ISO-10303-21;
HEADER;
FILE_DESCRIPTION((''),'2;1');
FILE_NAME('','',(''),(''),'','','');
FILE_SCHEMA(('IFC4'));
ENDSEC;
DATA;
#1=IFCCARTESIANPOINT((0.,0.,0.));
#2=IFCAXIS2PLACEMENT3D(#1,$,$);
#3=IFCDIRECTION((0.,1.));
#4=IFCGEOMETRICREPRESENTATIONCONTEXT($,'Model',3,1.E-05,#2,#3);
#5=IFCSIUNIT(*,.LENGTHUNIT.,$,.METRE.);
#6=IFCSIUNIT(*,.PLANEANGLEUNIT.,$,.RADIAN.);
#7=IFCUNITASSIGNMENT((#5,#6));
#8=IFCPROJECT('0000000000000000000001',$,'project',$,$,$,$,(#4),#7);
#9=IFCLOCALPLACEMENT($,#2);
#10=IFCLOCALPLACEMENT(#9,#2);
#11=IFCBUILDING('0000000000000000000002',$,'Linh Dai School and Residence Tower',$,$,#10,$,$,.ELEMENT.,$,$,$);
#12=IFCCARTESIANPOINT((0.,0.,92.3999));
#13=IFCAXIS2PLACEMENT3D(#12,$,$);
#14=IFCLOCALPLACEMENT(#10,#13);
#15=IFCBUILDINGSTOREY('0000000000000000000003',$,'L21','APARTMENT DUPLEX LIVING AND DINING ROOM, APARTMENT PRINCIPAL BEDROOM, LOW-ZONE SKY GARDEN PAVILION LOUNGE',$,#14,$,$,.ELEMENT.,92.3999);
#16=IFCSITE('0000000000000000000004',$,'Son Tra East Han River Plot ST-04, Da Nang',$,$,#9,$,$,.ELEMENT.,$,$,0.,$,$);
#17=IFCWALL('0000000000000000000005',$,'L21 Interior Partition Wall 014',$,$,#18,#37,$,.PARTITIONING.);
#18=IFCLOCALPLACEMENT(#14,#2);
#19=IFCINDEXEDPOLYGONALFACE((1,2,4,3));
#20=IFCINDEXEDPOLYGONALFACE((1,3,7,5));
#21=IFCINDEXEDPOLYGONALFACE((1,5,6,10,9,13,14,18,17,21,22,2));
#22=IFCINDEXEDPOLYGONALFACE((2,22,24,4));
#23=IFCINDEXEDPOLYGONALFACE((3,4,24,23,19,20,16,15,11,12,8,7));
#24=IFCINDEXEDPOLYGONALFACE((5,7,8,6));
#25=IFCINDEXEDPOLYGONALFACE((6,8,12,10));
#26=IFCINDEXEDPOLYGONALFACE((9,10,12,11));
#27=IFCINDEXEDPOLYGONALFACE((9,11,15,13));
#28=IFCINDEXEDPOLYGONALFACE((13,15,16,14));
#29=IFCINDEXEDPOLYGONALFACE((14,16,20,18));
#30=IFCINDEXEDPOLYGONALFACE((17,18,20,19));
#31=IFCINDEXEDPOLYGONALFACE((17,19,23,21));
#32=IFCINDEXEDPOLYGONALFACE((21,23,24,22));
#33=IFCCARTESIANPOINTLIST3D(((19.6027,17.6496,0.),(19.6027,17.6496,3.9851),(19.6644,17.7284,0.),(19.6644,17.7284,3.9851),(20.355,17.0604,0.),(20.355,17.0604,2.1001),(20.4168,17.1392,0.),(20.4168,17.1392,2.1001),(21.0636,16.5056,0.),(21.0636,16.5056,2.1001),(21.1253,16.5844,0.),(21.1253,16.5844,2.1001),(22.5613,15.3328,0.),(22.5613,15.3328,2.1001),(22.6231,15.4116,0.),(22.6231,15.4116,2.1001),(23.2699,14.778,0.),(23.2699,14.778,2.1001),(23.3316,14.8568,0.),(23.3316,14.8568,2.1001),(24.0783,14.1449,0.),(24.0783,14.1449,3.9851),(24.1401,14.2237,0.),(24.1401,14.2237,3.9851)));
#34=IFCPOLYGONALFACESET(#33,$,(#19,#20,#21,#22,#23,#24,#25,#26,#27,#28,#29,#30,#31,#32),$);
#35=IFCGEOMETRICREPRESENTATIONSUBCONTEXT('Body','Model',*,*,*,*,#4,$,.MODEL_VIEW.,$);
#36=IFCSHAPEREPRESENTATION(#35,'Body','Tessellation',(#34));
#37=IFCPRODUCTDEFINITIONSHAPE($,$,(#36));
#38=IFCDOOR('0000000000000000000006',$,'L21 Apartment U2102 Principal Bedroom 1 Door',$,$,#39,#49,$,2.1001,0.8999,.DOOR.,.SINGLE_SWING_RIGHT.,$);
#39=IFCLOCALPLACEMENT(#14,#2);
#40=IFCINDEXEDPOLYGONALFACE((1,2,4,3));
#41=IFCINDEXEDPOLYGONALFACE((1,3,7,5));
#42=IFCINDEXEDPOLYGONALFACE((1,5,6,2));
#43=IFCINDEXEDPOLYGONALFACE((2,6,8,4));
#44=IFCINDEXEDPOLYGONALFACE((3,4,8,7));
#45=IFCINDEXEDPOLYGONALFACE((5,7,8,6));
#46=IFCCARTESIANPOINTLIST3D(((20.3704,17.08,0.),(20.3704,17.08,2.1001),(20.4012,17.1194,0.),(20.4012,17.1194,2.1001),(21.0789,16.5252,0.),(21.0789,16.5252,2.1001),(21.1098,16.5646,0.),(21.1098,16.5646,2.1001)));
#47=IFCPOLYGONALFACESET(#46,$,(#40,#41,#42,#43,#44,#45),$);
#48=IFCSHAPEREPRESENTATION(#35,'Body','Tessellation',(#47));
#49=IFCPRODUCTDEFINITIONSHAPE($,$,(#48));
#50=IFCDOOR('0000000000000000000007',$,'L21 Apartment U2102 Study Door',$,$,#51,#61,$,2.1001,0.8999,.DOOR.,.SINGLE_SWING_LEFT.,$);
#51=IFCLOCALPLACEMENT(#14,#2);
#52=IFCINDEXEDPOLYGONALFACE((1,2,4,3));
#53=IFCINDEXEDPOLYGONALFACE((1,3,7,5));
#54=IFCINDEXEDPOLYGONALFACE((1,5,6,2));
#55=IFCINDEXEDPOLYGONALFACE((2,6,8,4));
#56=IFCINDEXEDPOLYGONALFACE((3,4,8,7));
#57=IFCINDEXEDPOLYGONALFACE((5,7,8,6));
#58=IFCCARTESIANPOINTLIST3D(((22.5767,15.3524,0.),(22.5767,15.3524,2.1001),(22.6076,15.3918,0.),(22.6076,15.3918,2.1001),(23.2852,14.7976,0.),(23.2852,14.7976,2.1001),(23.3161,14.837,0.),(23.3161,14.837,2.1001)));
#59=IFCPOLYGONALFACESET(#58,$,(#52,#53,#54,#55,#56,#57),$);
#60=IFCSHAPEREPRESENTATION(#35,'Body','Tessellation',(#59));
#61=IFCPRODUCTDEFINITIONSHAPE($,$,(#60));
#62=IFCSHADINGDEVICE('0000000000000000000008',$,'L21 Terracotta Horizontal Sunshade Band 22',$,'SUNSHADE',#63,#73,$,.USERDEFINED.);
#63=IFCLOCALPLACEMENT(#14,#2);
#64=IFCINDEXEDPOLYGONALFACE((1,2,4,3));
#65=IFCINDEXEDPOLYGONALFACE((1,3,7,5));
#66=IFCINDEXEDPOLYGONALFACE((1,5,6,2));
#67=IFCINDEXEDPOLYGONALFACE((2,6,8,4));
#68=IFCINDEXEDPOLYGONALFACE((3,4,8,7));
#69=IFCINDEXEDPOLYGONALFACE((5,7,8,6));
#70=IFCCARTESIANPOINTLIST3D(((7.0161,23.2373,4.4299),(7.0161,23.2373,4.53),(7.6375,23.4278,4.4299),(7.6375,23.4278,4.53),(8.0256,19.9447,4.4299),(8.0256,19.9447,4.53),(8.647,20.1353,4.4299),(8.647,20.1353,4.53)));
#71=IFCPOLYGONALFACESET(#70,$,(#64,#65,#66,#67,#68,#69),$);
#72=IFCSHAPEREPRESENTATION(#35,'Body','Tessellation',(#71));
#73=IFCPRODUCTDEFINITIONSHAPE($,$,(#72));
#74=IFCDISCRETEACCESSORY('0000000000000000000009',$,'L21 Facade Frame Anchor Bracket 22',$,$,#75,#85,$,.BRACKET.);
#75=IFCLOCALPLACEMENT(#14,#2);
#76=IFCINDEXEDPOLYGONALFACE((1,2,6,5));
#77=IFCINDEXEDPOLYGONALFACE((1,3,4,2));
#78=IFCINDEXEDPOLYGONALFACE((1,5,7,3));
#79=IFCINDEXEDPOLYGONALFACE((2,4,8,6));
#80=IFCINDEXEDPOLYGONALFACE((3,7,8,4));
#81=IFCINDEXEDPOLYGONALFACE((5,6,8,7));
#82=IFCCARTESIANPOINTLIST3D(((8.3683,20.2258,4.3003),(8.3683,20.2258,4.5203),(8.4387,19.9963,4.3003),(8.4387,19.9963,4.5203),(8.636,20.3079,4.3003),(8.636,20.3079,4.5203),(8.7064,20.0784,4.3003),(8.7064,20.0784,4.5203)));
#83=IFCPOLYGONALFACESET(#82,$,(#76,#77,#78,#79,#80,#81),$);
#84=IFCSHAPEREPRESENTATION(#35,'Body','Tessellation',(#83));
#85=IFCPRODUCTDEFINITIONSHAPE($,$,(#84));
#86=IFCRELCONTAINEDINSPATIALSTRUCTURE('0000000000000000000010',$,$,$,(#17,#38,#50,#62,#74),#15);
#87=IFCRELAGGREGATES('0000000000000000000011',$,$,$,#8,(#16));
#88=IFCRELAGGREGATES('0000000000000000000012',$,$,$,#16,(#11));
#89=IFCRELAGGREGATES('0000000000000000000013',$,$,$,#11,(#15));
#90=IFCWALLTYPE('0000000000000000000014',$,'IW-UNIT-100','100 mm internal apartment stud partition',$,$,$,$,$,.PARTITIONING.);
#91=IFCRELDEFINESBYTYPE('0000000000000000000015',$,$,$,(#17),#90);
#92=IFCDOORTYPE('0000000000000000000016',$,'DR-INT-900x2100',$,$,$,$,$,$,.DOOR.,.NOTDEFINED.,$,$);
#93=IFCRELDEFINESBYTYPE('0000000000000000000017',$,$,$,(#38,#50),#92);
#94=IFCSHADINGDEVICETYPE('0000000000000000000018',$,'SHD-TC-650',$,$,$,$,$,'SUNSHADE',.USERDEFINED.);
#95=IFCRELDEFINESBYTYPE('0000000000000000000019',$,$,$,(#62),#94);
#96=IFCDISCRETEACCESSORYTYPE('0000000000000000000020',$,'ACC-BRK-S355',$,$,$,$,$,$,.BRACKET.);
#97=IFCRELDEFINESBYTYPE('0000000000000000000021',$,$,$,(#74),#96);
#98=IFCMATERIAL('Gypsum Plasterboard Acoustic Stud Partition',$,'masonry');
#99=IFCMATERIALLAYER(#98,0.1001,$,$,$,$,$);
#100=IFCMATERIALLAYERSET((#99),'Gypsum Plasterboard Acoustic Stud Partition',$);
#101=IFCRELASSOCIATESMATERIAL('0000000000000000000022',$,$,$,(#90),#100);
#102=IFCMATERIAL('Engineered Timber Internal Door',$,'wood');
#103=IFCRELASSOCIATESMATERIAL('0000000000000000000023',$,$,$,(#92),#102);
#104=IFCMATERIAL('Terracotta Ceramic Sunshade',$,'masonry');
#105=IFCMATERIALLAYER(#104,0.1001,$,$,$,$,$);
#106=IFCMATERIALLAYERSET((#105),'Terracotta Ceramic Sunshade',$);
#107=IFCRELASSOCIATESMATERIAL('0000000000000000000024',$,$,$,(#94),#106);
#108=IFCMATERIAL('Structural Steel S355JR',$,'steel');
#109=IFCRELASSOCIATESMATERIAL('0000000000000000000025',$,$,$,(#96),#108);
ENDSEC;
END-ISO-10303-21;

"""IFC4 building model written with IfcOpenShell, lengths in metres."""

from ifc_helpers import new_model, si_unit, direction, frame, frame_2d, origin, origin_2d, place, context, subcontext, project, spatial, rectangle, extrude, source, transform, mapped, material, layer, layer_set, type_object, element, fill, save


model = new_model("IFC4")

# Units and contexts
model_context = context("Model", 3, precision=1e-05, world=origin(), true_north=direction((0.0, 1.0)))
body_context = subcontext(model_context, "Body", "Model", "MODEL_VIEW")
ifc_project = project(units=[si_unit("LENGTHUNIT", "METRE"), si_unit("PLANEANGLEUNIT", "RADIAN")], contexts=[model_context])

# Site, building, storey
site_placement = place(None, origin())
site = spatial("IfcSite", under=ifc_project, at=site_placement, Name="Son Tra East Han River Plot ST-04, Da Nang", CompositionType="ELEMENT", RefElevation=0.0)
building_placement = place(site_placement, origin())
building = spatial("IfcBuilding", under=site, at=building_placement, Name="Linh Dai School and Residence Tower", CompositionType="ELEMENT")
storey_placement = place(building_placement, frame((0.0, 0.0, 92.3999)))
storey = spatial("IfcBuildingStorey", under=building, at=storey_placement, Name="L21", Description="APARTMENT DUPLEX LIVING AND DINING ROOM, APARTMENT PRINCIPAL BEDROOM, LOW-ZONE SKY GARDEN PAVILION LOUNGE", CompositionType="ELEMENT", Elevation=92.3999)

# Shared definitions
ifc_material_1 = material(Name="Structural Steel S355JR", Category="steel")

# Shared definitions
ifc_material_2 = material(Name="Gypsum Plasterboard Acoustic Stud Partition", Category="masonry")
ifc_layer_1 = layer(ifc_material_2, 0.1001)
ifc_layer_set_1 = layer_set([ifc_layer_1], Name="Gypsum Plasterboard Acoustic Stud Partition")
wall_type_1 = type_object("IfcWallType", Name="IW-UNIT-100", Description="100 mm internal apartment stud partition", PredefinedType="PARTITIONING", material=ifc_layer_set_1)

# Shared definitions
ifc_material_3 = material(Name="Engineered Timber Internal Door", Category="wood")
door_type_1 = type_object("IfcDoorType", Name="DR-INT-900x2100", OperationType="NOTDEFINED", PredefinedType="DOOR", material=ifc_material_3)
shared_shape_1 = source(origin(), body_context, "Body", "SweptSolid", [
    extrude(rectangle(XDim=0.8999, YDim=2.1001, at=origin_2d()), frame((0.45, 0.0249, 1.05), z_axis=(0.0, -1.0, 0.0), x_axis=(1.0, 0.0, 0.0)), (0.0, 0.0, 1.0), 0.05),
])

# Wall, openings, doors
wall_1_placement = place(storey_placement, frame((19.6335, 17.689, 0.0), z_axis=(0.0, 0.0, 1.0), x_axis=(0.787334, -0.616527, 0.0)))
wall_1 = element("IfcWall", 1, at=wall_1_placement, inside=storey, type_object=wall_type_1, Name="L21 Interior Partition Wall 014", PredefinedType="PARTITIONING", context=body_context, shape_type="SweptSolid", body=[
    extrude(rectangle(XDim=5.6846, YDim=0.1001, at=frame_2d((2.8423, 0.0))), origin(), (0.0, 0.0, 1.0), 3.9851),
])
opening_1_placement = place(wall_1_placement, frame((0.9556, 0.0, 0.0)))
opening_1 = element("IfcOpeningElement", 2, at=opening_1_placement, cuts=wall_1, PredefinedType="OPENING", context=body_context, shape_type="SweptSolid", body=[
    extrude(rectangle(XDim=0.8999, YDim=2.1001, at=origin_2d()), frame((0.45, 0.0601, 1.05), z_axis=(0.0, -1.0, 0.0), x_axis=(1.0, 0.0, 0.0)), (0.0, 0.0, 1.0), 0.1201),
])
opening_2_placement = place(wall_1_placement, frame((3.7578, 0.0, 0.0)))
opening_2 = element("IfcOpeningElement", 3, at=opening_2_placement, cuts=wall_1, PredefinedType="OPENING", context=body_context, shape_type="SweptSolid", body=[
    extrude(rectangle(XDim=0.8999, YDim=2.1001, at=origin_2d()), frame((0.45, 0.0601, 1.05), z_axis=(0.0, -1.0, 0.0), x_axis=(1.0, 0.0, 0.0)), (0.0, 0.0, 1.0), 0.1201),
])
door_1_placement = place(opening_1_placement, origin())
door_1 = element("IfcDoor", 4, at=door_1_placement, inside=storey, type_object=door_type_1, Name="L21 Apartment U2102 Principal Bedroom 1 Door", OperationType="SINGLE_SWING_RIGHT", OverallHeight=2.1001, OverallWidth=0.8999, PredefinedType="DOOR", context=body_context, shape_type="MappedRepresentation", body=[
    mapped(shared_shape_1, transform((0.0, 0.0, 0.0), x_axis=(1.0, 0.0, 0.0), y_axis=(0.0, 1.0, 0.0), z_axis=(0.0, 0.0, 1.0), scale=1.0)),
])
fill(opening_1, door_1)
door_2_placement = place(opening_2_placement, origin())
door_2 = element("IfcDoor", 5, at=door_2_placement, inside=storey, type_object=door_type_1, Name="L21 Apartment U2102 Study Door", OperationType="SINGLE_SWING_LEFT", OverallHeight=2.1001, OverallWidth=0.8999, PredefinedType="DOOR", context=body_context, shape_type="MappedRepresentation", body=[
    mapped(shared_shape_1, transform((0.0, 0.0, 0.0), x_axis=(1.0, 0.0, 0.0), y_axis=(0.0, 1.0, 0.0), z_axis=(0.0, 0.0, 1.0), scale=1.0)),
])
fill(opening_2, door_2)

# Shading device
ifc_material_4 = material(Name="Terracotta Ceramic Sunshade", Category="masonry")
ifc_layer_2 = layer(ifc_material_4, 0.1001)
ifc_layer_set_2 = layer_set([ifc_layer_2], Name="Terracotta Ceramic Sunshade")
shading_device_type = type_object("IfcShadingDeviceType", Name="SHD-TC-650", ElementType="SUNSHADE", PredefinedType="USERDEFINED", material=ifc_layer_set_2)
shared_shape_2 = source(origin(), body_context, "Body", "SweptSolid", [
    extrude(rectangle(XDim=3.4438, YDim=0.6499, at=origin_2d()), origin(), (0.0, 0.0, 1.0), 0.1001),
])
shading_device_placement = place(storey_placement, frame((7.8315, 21.6863, 4.4299), z_axis=(0.0, 0.0, 1.0), x_axis=(-0.293134, 0.956072, 0.0)))
element("IfcShadingDevice", 6, at=shading_device_placement, inside=storey, type_object=shading_device_type, Name="L21 Terracotta Horizontal Sunshade Band 22", ObjectType="SUNSHADE", PredefinedType="USERDEFINED", context=body_context, shape_type="MappedRepresentation", body=[
    mapped(shared_shape_2, transform((0.0, 0.0, 0.0), x_axis=(1.0, 0.0, 0.0), y_axis=(0.0, 1.0, 0.0), z_axis=(0.0, 0.0, 1.0), scale=1.0)),
])

# Discrete accessory
discrete_accessory_type = type_object("IfcDiscreteAccessoryType", Name="ACC-BRK-S355", PredefinedType="BRACKET", material=ifc_material_1)
shared_shape_3 = source(origin(), body_context, "Body", "SweptSolid", [
    extrude(rectangle(XDim=0.28, YDim=0.24, at=origin_2d()), origin(), (0.0, 0.0, 1.0), 0.22),
])
discrete_accessory_placement = place(storey_placement, frame((8.5374, 20.1521, 4.3003), z_axis=(0.0, 0.0, 1.0), x_axis=(-0.956072, -0.293134, 0.0)))
element("IfcDiscreteAccessory", 7, at=discrete_accessory_placement, inside=storey, type_object=discrete_accessory_type, Name="L21 Facade Frame Anchor Bracket 22", PredefinedType="BRACKET", context=body_context, shape_type="MappedRepresentation", body=[
    mapped(shared_shape_3, transform((0.0, 0.0, 0.0), x_axis=(1.0, 0.0, 0.0), y_axis=(0.0, 1.0, 0.0), z_axis=(0.0, 0.0, 1.0), scale=1.0)),
])

save(model, "model.ifc")
